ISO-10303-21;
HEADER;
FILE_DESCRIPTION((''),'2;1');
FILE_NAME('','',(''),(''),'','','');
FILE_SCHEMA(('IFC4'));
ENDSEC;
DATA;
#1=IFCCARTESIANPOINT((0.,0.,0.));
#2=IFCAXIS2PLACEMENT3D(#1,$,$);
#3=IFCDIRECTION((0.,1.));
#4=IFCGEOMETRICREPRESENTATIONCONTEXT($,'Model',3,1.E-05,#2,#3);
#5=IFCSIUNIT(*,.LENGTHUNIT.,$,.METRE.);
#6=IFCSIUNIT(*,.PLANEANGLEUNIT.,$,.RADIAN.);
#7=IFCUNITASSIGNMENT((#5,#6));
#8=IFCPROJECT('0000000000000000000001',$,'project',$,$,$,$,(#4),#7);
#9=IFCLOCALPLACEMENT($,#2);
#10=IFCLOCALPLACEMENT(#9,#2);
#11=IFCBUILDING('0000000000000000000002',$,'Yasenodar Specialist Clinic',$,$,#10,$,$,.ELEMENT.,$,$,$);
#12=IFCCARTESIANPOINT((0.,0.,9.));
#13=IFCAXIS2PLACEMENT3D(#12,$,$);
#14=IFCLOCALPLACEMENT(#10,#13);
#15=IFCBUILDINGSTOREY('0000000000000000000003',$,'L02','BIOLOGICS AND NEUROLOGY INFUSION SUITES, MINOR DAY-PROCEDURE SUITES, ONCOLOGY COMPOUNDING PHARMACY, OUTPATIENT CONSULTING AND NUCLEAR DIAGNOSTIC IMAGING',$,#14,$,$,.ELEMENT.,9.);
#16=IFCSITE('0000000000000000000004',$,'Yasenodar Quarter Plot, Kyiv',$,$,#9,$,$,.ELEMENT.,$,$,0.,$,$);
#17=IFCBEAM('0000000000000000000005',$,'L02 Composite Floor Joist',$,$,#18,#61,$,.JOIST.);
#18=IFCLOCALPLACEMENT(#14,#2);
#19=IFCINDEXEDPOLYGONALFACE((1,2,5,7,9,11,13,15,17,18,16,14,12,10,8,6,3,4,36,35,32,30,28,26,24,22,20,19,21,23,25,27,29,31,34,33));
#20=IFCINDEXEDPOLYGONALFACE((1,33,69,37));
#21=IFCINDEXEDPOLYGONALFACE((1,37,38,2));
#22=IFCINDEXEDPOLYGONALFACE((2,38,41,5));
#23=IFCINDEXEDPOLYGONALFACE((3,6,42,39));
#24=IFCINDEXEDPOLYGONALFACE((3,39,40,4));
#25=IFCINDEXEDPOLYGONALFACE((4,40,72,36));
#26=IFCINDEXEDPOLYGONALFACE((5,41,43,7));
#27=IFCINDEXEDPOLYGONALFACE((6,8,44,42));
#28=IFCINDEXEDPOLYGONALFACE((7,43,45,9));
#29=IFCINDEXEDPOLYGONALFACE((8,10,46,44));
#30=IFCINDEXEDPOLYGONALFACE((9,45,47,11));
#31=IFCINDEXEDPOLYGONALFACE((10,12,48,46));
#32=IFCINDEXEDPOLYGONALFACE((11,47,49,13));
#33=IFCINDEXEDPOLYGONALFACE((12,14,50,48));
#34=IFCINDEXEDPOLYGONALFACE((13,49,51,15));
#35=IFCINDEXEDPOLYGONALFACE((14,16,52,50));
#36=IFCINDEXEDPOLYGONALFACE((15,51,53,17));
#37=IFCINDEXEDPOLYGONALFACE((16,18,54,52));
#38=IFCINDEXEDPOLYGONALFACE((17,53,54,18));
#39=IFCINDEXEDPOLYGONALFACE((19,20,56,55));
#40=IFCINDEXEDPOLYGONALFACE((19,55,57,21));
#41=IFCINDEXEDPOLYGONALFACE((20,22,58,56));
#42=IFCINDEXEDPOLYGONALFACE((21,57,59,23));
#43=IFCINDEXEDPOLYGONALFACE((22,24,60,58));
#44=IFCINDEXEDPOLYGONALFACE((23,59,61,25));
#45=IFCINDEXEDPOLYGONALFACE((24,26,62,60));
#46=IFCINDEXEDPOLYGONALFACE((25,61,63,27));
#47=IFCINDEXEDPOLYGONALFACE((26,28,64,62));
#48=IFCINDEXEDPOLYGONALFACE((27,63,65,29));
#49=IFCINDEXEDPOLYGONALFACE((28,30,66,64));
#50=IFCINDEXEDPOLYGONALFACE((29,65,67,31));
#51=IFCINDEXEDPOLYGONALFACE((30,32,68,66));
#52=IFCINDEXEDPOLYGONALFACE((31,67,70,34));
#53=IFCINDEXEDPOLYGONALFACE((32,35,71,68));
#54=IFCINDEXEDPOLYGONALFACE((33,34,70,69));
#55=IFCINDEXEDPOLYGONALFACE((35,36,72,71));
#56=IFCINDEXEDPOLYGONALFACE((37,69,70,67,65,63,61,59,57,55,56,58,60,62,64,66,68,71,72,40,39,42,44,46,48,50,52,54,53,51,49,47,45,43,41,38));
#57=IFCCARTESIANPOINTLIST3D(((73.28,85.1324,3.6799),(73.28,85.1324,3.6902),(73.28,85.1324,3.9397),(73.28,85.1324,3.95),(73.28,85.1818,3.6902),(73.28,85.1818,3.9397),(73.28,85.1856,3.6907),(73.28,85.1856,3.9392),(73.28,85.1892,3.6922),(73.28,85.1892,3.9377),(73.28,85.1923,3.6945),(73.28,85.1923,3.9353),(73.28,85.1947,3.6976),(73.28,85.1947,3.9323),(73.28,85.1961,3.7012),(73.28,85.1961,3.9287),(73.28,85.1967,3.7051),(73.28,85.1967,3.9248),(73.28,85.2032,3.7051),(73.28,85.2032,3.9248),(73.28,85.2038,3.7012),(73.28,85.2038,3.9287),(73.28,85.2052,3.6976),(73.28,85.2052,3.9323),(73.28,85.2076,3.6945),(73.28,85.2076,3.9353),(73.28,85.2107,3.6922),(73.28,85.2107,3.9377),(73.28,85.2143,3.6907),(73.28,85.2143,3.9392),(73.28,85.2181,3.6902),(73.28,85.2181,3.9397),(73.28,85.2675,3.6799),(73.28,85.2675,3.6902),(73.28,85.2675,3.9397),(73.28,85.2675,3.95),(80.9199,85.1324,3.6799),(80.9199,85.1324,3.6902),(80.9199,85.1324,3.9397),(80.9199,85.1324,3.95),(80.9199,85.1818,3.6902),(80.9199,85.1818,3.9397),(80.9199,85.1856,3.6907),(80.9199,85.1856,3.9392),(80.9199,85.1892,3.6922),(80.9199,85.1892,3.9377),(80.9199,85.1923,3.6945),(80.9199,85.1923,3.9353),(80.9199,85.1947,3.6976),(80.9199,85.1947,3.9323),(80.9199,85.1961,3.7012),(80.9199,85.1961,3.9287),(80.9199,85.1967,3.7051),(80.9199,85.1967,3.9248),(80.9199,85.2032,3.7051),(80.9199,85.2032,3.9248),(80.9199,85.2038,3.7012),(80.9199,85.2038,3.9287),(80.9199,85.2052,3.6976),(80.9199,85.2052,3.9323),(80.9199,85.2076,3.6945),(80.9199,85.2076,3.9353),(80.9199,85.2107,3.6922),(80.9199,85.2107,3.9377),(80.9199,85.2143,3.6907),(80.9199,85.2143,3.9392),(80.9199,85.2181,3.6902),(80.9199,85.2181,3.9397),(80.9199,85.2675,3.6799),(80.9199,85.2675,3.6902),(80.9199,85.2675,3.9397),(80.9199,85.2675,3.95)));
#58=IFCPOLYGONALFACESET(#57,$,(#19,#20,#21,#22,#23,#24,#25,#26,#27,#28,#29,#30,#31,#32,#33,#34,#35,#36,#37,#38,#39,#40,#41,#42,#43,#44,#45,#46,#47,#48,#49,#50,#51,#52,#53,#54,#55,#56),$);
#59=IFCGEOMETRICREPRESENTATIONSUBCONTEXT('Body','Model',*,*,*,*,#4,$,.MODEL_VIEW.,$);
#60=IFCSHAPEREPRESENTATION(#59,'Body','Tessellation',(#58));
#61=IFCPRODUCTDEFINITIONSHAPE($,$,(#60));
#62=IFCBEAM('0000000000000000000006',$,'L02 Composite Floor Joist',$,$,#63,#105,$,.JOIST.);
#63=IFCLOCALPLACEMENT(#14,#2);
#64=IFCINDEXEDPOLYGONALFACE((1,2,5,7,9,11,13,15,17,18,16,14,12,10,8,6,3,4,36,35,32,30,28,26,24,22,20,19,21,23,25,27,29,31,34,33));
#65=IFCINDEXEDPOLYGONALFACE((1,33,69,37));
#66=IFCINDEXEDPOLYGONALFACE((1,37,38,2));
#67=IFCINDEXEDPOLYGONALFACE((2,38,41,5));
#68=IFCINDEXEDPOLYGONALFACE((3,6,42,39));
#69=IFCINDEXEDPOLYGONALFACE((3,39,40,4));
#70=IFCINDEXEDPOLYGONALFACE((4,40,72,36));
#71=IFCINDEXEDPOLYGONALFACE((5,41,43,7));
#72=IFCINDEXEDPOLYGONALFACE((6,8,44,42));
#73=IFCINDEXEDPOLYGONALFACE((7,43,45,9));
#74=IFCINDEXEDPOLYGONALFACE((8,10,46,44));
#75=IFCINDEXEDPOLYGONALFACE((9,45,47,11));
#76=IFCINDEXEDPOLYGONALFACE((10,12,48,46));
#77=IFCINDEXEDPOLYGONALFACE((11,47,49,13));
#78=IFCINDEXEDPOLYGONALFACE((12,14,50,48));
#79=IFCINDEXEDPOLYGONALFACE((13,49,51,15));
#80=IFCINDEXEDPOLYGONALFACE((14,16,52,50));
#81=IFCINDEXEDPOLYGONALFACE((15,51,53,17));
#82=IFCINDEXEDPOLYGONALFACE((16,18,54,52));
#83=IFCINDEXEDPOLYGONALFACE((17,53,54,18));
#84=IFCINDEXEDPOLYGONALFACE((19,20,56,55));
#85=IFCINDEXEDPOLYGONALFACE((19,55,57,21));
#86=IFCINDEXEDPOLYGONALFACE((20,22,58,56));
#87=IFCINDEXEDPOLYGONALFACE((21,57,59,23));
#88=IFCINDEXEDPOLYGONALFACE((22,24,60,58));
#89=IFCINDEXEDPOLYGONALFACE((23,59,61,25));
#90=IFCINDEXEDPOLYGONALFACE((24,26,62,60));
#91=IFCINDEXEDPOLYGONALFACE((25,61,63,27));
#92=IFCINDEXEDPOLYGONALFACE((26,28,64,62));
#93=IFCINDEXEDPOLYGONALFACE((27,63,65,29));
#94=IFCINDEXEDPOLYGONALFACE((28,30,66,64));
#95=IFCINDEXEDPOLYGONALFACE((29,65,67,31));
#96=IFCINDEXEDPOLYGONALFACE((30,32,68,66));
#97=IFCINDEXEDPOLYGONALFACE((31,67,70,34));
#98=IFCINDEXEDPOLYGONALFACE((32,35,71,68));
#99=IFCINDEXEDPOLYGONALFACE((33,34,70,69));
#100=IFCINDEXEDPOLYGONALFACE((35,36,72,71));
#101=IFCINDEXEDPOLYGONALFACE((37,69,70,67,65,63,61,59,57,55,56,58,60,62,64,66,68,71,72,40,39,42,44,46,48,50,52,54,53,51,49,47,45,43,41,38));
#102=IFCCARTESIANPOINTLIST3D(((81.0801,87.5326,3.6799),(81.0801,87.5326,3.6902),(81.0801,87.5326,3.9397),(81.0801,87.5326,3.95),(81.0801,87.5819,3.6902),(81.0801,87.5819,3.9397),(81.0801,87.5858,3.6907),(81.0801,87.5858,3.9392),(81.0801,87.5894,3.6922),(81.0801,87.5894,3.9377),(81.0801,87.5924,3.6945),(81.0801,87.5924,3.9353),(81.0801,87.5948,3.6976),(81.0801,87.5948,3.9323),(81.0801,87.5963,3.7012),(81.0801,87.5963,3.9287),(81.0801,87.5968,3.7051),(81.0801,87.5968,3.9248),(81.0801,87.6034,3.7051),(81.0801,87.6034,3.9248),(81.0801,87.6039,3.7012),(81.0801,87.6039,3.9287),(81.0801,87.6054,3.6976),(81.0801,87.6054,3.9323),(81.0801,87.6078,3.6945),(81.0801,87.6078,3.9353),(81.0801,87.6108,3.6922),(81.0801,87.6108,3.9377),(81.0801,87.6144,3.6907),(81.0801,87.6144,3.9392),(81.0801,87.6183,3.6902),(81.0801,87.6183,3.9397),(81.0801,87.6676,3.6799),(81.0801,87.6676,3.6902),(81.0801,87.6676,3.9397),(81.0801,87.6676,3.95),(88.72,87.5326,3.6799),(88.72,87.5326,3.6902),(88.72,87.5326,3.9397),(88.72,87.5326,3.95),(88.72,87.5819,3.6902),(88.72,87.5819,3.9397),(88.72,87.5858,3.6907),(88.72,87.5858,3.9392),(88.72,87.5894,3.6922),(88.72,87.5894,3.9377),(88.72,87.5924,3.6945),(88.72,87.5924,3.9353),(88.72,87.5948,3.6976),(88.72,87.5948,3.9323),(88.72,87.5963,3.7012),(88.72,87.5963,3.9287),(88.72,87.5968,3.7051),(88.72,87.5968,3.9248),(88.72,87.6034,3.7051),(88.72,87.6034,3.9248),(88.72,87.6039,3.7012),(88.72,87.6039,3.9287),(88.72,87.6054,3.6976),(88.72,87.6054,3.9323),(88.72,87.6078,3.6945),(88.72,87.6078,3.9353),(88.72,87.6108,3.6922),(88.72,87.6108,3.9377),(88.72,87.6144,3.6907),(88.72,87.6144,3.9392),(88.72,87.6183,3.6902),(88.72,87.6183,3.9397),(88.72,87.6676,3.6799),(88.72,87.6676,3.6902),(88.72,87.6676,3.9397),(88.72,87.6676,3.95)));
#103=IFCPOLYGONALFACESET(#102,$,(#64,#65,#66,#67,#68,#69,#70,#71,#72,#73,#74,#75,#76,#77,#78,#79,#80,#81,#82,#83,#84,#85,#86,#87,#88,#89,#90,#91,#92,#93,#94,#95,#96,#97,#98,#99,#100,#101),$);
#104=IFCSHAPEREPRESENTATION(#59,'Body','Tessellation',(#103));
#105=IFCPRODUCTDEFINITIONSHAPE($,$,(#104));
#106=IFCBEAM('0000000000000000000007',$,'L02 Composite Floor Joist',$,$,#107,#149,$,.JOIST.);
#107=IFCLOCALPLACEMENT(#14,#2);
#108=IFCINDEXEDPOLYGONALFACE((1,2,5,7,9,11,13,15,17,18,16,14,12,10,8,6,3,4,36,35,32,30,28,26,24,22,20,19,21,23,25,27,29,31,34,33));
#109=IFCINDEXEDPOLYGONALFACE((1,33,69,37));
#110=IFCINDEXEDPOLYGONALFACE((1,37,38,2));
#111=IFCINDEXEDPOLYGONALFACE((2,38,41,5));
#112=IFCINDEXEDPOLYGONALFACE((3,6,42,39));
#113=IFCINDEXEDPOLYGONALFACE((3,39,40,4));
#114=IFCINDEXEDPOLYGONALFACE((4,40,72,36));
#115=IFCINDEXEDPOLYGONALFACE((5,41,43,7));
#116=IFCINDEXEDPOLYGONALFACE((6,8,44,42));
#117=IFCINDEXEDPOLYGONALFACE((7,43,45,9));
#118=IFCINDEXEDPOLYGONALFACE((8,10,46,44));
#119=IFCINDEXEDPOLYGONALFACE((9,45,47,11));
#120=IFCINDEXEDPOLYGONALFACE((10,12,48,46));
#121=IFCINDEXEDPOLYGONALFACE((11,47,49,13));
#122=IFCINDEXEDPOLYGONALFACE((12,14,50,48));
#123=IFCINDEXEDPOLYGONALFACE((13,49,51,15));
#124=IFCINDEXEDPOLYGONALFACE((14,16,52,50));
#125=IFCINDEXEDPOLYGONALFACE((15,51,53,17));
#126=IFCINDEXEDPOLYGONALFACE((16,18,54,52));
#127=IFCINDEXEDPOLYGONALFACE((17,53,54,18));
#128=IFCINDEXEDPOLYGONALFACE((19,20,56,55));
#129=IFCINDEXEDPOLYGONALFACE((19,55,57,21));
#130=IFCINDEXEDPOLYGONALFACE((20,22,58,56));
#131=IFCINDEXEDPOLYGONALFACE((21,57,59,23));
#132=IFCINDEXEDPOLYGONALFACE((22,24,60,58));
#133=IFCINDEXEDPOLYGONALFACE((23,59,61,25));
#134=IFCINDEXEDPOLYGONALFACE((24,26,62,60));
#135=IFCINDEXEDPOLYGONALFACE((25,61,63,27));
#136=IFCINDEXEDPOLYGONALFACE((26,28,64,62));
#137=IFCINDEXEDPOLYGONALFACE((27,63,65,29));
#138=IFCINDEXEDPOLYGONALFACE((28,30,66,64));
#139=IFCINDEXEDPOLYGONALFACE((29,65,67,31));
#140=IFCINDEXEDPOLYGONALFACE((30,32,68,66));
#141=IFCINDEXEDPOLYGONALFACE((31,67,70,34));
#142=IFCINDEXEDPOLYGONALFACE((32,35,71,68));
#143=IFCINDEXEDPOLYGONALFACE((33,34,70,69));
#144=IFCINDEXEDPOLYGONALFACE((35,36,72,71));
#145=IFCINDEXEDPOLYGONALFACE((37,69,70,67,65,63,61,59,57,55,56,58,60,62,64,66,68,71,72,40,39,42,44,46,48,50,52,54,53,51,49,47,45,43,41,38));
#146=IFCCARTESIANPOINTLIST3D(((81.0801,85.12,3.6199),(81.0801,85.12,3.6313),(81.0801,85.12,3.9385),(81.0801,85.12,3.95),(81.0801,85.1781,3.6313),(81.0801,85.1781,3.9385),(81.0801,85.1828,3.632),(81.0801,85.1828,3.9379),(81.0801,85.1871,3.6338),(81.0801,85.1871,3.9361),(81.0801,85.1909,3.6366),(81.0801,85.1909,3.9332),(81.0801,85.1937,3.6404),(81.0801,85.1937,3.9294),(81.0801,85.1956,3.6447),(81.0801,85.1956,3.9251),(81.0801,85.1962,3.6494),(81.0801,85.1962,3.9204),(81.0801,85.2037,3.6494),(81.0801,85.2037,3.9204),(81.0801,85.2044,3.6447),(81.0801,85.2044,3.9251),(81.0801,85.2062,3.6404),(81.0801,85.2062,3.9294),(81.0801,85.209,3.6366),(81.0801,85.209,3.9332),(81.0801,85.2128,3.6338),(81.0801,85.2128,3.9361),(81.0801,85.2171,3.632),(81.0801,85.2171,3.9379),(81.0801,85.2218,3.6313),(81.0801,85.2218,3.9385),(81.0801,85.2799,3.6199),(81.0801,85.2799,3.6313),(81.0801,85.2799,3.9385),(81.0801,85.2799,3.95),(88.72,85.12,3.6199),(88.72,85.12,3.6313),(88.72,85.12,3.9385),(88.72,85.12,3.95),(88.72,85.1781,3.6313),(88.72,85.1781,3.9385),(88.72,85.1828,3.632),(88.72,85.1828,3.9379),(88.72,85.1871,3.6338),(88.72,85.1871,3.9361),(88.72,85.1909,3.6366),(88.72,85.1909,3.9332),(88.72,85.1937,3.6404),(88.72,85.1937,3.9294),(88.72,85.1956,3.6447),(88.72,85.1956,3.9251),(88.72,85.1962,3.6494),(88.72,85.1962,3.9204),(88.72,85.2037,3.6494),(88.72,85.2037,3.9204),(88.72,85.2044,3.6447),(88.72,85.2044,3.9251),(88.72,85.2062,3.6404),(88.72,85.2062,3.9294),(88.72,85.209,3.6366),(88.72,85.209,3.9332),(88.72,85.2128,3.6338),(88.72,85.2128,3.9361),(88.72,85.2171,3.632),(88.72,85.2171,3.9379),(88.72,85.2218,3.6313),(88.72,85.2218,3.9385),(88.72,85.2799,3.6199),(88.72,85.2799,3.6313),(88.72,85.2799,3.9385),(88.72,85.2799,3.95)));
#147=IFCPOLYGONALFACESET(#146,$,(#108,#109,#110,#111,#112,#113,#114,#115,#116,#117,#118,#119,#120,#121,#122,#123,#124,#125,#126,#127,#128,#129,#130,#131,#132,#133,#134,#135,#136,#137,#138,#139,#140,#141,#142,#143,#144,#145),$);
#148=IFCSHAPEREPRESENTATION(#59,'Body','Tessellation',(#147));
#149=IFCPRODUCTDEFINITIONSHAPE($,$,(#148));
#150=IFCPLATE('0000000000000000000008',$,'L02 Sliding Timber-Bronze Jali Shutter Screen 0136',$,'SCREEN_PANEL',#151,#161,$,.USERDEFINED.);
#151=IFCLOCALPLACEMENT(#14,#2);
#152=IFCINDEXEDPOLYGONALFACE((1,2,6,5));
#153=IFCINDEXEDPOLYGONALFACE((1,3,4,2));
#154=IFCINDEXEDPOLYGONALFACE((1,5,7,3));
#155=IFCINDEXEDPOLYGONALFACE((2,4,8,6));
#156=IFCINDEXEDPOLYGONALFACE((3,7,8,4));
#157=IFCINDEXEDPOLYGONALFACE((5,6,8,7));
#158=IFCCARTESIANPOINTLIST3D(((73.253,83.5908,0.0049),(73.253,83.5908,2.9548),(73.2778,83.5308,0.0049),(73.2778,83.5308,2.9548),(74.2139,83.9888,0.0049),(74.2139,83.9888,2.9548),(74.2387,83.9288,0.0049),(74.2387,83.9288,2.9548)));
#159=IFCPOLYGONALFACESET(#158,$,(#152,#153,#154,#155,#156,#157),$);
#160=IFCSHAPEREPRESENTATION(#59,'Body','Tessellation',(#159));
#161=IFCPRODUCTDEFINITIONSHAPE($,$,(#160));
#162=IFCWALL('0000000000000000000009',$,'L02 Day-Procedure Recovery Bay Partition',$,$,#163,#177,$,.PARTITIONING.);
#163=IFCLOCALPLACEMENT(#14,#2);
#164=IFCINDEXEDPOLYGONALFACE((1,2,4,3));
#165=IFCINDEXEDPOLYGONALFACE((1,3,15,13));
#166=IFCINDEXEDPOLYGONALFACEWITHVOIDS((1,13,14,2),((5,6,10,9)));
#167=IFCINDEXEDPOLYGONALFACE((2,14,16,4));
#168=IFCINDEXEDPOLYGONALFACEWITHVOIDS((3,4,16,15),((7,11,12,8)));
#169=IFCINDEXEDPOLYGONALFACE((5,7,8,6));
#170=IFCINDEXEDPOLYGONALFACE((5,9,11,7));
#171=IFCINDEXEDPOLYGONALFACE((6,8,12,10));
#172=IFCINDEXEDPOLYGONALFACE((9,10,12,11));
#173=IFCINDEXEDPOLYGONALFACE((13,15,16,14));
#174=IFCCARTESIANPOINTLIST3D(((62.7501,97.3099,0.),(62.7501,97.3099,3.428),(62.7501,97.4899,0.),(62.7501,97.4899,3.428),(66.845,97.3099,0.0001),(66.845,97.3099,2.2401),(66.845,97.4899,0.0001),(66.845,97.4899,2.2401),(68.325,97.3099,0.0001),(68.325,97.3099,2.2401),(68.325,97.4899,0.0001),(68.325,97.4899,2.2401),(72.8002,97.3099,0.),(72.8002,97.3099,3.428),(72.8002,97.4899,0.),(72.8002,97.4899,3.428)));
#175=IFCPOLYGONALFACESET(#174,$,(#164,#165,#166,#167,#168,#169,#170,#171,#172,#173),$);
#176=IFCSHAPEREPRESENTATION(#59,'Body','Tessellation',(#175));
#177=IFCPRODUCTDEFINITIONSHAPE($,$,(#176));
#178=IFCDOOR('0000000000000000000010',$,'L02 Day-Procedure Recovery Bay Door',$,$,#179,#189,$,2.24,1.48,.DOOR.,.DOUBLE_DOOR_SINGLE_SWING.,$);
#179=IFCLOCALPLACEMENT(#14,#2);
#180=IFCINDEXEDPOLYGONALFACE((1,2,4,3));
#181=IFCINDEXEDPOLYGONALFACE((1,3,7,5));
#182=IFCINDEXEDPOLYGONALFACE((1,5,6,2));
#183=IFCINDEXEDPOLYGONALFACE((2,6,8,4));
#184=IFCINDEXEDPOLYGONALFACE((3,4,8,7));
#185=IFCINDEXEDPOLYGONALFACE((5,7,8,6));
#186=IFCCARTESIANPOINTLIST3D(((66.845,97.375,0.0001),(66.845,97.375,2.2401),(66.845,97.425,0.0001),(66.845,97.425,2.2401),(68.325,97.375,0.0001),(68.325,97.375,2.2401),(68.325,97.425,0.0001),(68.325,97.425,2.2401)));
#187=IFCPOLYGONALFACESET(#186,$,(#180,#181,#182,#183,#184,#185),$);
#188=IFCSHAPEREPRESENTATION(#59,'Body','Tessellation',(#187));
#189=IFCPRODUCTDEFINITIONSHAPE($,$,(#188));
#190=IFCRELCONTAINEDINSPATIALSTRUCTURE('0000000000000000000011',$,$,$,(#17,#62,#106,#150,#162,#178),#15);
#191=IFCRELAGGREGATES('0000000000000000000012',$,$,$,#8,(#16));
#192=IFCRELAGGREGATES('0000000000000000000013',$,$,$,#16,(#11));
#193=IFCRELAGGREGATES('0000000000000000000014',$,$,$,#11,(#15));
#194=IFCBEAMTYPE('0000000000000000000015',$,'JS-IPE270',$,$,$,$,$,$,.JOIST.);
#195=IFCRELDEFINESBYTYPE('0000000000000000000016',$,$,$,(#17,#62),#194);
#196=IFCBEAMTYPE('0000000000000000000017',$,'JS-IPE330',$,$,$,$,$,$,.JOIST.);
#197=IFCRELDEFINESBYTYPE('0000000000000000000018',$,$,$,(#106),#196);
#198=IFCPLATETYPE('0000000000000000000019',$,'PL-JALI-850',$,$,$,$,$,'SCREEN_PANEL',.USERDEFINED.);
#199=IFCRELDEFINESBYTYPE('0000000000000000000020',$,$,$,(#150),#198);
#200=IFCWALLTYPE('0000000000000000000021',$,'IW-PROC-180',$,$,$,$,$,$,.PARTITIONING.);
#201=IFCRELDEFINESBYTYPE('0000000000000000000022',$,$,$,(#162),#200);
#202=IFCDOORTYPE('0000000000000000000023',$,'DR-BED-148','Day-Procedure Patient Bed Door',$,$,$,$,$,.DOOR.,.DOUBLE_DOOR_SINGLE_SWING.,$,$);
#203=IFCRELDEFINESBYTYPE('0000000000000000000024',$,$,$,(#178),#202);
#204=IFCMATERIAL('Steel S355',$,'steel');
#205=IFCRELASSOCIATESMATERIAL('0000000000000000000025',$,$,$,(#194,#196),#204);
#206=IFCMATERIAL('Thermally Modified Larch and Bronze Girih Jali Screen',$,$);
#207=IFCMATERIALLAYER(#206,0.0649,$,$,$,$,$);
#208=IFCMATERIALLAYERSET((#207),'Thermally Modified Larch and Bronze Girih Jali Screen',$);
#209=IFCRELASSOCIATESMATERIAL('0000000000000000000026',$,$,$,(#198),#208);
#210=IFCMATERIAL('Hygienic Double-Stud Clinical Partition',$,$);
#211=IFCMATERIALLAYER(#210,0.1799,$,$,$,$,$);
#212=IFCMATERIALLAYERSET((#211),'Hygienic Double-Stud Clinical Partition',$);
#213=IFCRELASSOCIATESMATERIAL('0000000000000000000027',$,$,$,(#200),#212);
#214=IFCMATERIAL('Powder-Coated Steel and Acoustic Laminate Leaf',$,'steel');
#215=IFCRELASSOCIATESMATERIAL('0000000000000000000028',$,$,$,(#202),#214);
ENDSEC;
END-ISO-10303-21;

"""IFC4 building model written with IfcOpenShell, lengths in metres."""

from ifc_helpers import new_model, si_unit, direction, frame, frame_2d, origin, origin_2d, place, context, subcontext, project, spatial, rectangle, i_section, extrude, material, layer, layer_set, material_profile, profile_set, type_object, element, fill, save


model = new_model("IFC4")

# Units and contexts
model_context = context("Model", 3, precision=1e-05, world=origin(), true_north=direction((0.0, 1.0)))
body_context = subcontext(model_context, "Body", "Model", "MODEL_VIEW")
ifc_project = project(units=[si_unit("LENGTHUNIT", "METRE"), si_unit("PLANEANGLEUNIT", "RADIAN")], contexts=[model_context])

# Site, building, storey
site_placement = place(None, origin())
site = spatial("IfcSite", under=ifc_project, at=site_placement, Name="Yasenodar Quarter Plot, Kyiv", CompositionType="ELEMENT", RefElevation=0.0)
building_placement = place(site_placement, origin())
building = spatial("IfcBuilding", under=site, at=building_placement, Name="Yasenodar Specialist Clinic", CompositionType="ELEMENT")
storey_placement = place(building_placement, frame((0.0, 0.0, 9.0)))
storey = spatial("IfcBuildingStorey", under=building, at=storey_placement, Name="L02", Description="BIOLOGICS AND NEUROLOGY INFUSION SUITES, MINOR DAY-PROCEDURE SUITES, ONCOLOGY COMPOUNDING PHARMACY, OUTPATIENT CONSULTING AND NUCLEAR DIAGNOSTIC IMAGING", CompositionType="ELEMENT", Elevation=9.0)

# Shared definitions
ifc_material_1 = material(Name="Steel S355", Category="steel")

# Beams
ifc_material_profile_1 = material_profile(ifc_material_1, i_section(OverallWidth=0.135, OverallDepth=0.27, WebThickness=0.0066, FlangeThickness=0.0103, FilletRadius=0.0149, at=origin_2d()), Name="IPE 270")
ifc_profile_set_1 = profile_set([ifc_material_profile_1], Name="Steel S355")
beam_type_1 = type_object("IfcBeamType", Name="JS-IPE270", PredefinedType="JOIST", material=ifc_profile_set_1)
for number, where, z_axis, x_axis, name in (
    (1, (73.28, 85.2, 3.8149), (1.0, 0.0, 0.0), (0.0, 1.0, 0.0), "L02 Composite Floor Joist"),
    (2, (81.0801, 87.6001, 3.8149), (1.0, 0.0, 0.0), (0.0, 1.0, 0.0), "L02 Composite Floor Joist"),
):
    element("IfcBeam", number, at=place(storey_placement, frame(where, z_axis=z_axis, x_axis=x_axis)), inside=storey, type_object=beam_type_1, Name=name, PredefinedType="JOIST", context=body_context, shape_type="SweptSolid", body=[
        extrude(i_section(OverallWidth=0.135, OverallDepth=0.27, WebThickness=0.0066, FlangeThickness=0.0103, FilletRadius=0.0149, at=origin_2d()), origin(), (0.0, 0.0, 1.0), 7.6399),
    ])
ifc_material_profile_2 = material_profile(ifc_material_1, i_section(OverallWidth=0.1599, OverallDepth=0.3301, WebThickness=0.0076, FlangeThickness=0.0115, FilletRadius=0.0181, at=origin_2d()), Name="IPE 330")
ifc_profile_set_2 = profile_set([ifc_material_profile_2], Name="Steel S355")
beam_type_2 = type_object("IfcBeamType", Name="JS-IPE330", PredefinedType="JOIST", material=ifc_profile_set_2)
beam_1_placement = place(storey_placement, frame((81.0801, 85.2, 3.7849), z_axis=(1.0, 0.0, 0.0), x_axis=(0.0, 1.0, 0.0)))
element("IfcBeam", 3, at=beam_1_placement, inside=storey, type_object=beam_type_2, Name="L02 Composite Floor Joist", PredefinedType="JOIST", context=body_context, shape_type="SweptSolid", body=[
    extrude(i_section(OverallWidth=0.1599, OverallDepth=0.3301, WebThickness=0.0076, FlangeThickness=0.0115, FilletRadius=0.0181, at=origin_2d()), origin(), (0.0, 0.0, 1.0), 7.6399),
])

# Plate
ifc_material_2 = material(Name="Thermally Modified Larch and Bronze Girih Jali Screen")
ifc_layer_1 = layer(ifc_material_2, 0.0649)
ifc_layer_set_1 = layer_set([ifc_layer_1], Name="Thermally Modified Larch and Bronze Girih Jali Screen")
plate_type = type_object("IfcPlateType", Name="PL-JALI-850", ElementType="SCREEN_PANEL", PredefinedType="USERDEFINED", material=ifc_layer_set_1)
plate_placement = place(storey_placement, frame((73.7458, 83.7598, 0.0049), z_axis=(0.0, 0.0, 1.0), x_axis=(-0.923878, -0.382687, 0.0)))
element("IfcPlate", 4, at=plate_placement, inside=storey, type_object=plate_type, Name="L02 Sliding Timber-Bronze Jali Shutter Screen 0136", ObjectType="SCREEN_PANEL", PredefinedType="USERDEFINED", context=body_context, shape_type="SweptSolid", body=[
    extrude(rectangle(XDim=1.04, YDim=0.0649, at=origin_2d()), origin(), (0.0, 0.0, 1.0), 2.95),
])

# Wall, opening, door
ifc_material_3 = material(Name="Hygienic Double-Stud Clinical Partition")
ifc_layer_2 = layer(ifc_material_3, 0.1799)
ifc_layer_set_2 = layer_set([ifc_layer_2], Name="Hygienic Double-Stud Clinical Partition")
wall_type = type_object("IfcWallType", Name="IW-PROC-180", PredefinedType="PARTITIONING", material=ifc_layer_set_2)
wall_1_placement = place(storey_placement, frame((72.8, 97.3999, 0.0), z_axis=(0.0, 0.0, 1.0), x_axis=(-1.0, 0.0, 0.0)))
wall_1 = element("IfcWall", 5, at=wall_1_placement, inside=storey, type_object=wall_type, Name="L02 Day-Procedure Recovery Bay Partition", PredefinedType="PARTITIONING", context=body_context, shape_type="SweptSolid", body=[
    extrude(rectangle(XDim=10.05, YDim=0.1799, at=frame_2d((5.0249, 0.0))), origin(), (0.0, 0.0, 1.0), 3.428),
])
opening_placement = place(wall_1_placement, frame((4.4751, 0.0, 0.0)))
opening = element("IfcOpeningElement", 6, at=opening_placement, cuts=wall_1, PredefinedType="OPENING", context=body_context, shape_type="SweptSolid", body=[
    extrude(rectangle(XDim=1.48, YDim=2.24, at=frame_2d((0.74, 1.1201))), frame((0.0, 0.1001, 0.0), z_axis=(0.0, -1.0, 0.0), x_axis=(1.0, 0.0, 0.0)), (0.0, 0.0, 1.0), 0.2),
])
ifc_material_4 = material(Name="Powder-Coated Steel and Acoustic Laminate Leaf", Category="steel")
door_type = type_object("IfcDoorType", Name="DR-BED-148", Description="Day-Procedure Patient Bed Door", OperationType="DOUBLE_DOOR_SINGLE_SWING", PredefinedType="DOOR", material=ifc_material_4)
door_placement = place(opening_placement, origin())
door = element("IfcDoor", 7, at=door_placement, inside=storey, type_object=door_type, Name="L02 Day-Procedure Recovery Bay Door", OperationType="DOUBLE_DOOR_SINGLE_SWING", OverallHeight=2.24, OverallWidth=1.48, PredefinedType="DOOR", context=body_context, shape_type="SweptSolid", body=[
    extrude(rectangle(XDim=1.48, YDim=2.24, at=frame_2d((0.74, 1.1201))), frame((0.0, 0.0249, 0.0), z_axis=(0.0, -1.0, 0.0), x_axis=(1.0, 0.0, 0.0)), (0.0, 0.0, 1.0), 0.05),
])
fill(opening, door)

save(model, "model.ifc")
